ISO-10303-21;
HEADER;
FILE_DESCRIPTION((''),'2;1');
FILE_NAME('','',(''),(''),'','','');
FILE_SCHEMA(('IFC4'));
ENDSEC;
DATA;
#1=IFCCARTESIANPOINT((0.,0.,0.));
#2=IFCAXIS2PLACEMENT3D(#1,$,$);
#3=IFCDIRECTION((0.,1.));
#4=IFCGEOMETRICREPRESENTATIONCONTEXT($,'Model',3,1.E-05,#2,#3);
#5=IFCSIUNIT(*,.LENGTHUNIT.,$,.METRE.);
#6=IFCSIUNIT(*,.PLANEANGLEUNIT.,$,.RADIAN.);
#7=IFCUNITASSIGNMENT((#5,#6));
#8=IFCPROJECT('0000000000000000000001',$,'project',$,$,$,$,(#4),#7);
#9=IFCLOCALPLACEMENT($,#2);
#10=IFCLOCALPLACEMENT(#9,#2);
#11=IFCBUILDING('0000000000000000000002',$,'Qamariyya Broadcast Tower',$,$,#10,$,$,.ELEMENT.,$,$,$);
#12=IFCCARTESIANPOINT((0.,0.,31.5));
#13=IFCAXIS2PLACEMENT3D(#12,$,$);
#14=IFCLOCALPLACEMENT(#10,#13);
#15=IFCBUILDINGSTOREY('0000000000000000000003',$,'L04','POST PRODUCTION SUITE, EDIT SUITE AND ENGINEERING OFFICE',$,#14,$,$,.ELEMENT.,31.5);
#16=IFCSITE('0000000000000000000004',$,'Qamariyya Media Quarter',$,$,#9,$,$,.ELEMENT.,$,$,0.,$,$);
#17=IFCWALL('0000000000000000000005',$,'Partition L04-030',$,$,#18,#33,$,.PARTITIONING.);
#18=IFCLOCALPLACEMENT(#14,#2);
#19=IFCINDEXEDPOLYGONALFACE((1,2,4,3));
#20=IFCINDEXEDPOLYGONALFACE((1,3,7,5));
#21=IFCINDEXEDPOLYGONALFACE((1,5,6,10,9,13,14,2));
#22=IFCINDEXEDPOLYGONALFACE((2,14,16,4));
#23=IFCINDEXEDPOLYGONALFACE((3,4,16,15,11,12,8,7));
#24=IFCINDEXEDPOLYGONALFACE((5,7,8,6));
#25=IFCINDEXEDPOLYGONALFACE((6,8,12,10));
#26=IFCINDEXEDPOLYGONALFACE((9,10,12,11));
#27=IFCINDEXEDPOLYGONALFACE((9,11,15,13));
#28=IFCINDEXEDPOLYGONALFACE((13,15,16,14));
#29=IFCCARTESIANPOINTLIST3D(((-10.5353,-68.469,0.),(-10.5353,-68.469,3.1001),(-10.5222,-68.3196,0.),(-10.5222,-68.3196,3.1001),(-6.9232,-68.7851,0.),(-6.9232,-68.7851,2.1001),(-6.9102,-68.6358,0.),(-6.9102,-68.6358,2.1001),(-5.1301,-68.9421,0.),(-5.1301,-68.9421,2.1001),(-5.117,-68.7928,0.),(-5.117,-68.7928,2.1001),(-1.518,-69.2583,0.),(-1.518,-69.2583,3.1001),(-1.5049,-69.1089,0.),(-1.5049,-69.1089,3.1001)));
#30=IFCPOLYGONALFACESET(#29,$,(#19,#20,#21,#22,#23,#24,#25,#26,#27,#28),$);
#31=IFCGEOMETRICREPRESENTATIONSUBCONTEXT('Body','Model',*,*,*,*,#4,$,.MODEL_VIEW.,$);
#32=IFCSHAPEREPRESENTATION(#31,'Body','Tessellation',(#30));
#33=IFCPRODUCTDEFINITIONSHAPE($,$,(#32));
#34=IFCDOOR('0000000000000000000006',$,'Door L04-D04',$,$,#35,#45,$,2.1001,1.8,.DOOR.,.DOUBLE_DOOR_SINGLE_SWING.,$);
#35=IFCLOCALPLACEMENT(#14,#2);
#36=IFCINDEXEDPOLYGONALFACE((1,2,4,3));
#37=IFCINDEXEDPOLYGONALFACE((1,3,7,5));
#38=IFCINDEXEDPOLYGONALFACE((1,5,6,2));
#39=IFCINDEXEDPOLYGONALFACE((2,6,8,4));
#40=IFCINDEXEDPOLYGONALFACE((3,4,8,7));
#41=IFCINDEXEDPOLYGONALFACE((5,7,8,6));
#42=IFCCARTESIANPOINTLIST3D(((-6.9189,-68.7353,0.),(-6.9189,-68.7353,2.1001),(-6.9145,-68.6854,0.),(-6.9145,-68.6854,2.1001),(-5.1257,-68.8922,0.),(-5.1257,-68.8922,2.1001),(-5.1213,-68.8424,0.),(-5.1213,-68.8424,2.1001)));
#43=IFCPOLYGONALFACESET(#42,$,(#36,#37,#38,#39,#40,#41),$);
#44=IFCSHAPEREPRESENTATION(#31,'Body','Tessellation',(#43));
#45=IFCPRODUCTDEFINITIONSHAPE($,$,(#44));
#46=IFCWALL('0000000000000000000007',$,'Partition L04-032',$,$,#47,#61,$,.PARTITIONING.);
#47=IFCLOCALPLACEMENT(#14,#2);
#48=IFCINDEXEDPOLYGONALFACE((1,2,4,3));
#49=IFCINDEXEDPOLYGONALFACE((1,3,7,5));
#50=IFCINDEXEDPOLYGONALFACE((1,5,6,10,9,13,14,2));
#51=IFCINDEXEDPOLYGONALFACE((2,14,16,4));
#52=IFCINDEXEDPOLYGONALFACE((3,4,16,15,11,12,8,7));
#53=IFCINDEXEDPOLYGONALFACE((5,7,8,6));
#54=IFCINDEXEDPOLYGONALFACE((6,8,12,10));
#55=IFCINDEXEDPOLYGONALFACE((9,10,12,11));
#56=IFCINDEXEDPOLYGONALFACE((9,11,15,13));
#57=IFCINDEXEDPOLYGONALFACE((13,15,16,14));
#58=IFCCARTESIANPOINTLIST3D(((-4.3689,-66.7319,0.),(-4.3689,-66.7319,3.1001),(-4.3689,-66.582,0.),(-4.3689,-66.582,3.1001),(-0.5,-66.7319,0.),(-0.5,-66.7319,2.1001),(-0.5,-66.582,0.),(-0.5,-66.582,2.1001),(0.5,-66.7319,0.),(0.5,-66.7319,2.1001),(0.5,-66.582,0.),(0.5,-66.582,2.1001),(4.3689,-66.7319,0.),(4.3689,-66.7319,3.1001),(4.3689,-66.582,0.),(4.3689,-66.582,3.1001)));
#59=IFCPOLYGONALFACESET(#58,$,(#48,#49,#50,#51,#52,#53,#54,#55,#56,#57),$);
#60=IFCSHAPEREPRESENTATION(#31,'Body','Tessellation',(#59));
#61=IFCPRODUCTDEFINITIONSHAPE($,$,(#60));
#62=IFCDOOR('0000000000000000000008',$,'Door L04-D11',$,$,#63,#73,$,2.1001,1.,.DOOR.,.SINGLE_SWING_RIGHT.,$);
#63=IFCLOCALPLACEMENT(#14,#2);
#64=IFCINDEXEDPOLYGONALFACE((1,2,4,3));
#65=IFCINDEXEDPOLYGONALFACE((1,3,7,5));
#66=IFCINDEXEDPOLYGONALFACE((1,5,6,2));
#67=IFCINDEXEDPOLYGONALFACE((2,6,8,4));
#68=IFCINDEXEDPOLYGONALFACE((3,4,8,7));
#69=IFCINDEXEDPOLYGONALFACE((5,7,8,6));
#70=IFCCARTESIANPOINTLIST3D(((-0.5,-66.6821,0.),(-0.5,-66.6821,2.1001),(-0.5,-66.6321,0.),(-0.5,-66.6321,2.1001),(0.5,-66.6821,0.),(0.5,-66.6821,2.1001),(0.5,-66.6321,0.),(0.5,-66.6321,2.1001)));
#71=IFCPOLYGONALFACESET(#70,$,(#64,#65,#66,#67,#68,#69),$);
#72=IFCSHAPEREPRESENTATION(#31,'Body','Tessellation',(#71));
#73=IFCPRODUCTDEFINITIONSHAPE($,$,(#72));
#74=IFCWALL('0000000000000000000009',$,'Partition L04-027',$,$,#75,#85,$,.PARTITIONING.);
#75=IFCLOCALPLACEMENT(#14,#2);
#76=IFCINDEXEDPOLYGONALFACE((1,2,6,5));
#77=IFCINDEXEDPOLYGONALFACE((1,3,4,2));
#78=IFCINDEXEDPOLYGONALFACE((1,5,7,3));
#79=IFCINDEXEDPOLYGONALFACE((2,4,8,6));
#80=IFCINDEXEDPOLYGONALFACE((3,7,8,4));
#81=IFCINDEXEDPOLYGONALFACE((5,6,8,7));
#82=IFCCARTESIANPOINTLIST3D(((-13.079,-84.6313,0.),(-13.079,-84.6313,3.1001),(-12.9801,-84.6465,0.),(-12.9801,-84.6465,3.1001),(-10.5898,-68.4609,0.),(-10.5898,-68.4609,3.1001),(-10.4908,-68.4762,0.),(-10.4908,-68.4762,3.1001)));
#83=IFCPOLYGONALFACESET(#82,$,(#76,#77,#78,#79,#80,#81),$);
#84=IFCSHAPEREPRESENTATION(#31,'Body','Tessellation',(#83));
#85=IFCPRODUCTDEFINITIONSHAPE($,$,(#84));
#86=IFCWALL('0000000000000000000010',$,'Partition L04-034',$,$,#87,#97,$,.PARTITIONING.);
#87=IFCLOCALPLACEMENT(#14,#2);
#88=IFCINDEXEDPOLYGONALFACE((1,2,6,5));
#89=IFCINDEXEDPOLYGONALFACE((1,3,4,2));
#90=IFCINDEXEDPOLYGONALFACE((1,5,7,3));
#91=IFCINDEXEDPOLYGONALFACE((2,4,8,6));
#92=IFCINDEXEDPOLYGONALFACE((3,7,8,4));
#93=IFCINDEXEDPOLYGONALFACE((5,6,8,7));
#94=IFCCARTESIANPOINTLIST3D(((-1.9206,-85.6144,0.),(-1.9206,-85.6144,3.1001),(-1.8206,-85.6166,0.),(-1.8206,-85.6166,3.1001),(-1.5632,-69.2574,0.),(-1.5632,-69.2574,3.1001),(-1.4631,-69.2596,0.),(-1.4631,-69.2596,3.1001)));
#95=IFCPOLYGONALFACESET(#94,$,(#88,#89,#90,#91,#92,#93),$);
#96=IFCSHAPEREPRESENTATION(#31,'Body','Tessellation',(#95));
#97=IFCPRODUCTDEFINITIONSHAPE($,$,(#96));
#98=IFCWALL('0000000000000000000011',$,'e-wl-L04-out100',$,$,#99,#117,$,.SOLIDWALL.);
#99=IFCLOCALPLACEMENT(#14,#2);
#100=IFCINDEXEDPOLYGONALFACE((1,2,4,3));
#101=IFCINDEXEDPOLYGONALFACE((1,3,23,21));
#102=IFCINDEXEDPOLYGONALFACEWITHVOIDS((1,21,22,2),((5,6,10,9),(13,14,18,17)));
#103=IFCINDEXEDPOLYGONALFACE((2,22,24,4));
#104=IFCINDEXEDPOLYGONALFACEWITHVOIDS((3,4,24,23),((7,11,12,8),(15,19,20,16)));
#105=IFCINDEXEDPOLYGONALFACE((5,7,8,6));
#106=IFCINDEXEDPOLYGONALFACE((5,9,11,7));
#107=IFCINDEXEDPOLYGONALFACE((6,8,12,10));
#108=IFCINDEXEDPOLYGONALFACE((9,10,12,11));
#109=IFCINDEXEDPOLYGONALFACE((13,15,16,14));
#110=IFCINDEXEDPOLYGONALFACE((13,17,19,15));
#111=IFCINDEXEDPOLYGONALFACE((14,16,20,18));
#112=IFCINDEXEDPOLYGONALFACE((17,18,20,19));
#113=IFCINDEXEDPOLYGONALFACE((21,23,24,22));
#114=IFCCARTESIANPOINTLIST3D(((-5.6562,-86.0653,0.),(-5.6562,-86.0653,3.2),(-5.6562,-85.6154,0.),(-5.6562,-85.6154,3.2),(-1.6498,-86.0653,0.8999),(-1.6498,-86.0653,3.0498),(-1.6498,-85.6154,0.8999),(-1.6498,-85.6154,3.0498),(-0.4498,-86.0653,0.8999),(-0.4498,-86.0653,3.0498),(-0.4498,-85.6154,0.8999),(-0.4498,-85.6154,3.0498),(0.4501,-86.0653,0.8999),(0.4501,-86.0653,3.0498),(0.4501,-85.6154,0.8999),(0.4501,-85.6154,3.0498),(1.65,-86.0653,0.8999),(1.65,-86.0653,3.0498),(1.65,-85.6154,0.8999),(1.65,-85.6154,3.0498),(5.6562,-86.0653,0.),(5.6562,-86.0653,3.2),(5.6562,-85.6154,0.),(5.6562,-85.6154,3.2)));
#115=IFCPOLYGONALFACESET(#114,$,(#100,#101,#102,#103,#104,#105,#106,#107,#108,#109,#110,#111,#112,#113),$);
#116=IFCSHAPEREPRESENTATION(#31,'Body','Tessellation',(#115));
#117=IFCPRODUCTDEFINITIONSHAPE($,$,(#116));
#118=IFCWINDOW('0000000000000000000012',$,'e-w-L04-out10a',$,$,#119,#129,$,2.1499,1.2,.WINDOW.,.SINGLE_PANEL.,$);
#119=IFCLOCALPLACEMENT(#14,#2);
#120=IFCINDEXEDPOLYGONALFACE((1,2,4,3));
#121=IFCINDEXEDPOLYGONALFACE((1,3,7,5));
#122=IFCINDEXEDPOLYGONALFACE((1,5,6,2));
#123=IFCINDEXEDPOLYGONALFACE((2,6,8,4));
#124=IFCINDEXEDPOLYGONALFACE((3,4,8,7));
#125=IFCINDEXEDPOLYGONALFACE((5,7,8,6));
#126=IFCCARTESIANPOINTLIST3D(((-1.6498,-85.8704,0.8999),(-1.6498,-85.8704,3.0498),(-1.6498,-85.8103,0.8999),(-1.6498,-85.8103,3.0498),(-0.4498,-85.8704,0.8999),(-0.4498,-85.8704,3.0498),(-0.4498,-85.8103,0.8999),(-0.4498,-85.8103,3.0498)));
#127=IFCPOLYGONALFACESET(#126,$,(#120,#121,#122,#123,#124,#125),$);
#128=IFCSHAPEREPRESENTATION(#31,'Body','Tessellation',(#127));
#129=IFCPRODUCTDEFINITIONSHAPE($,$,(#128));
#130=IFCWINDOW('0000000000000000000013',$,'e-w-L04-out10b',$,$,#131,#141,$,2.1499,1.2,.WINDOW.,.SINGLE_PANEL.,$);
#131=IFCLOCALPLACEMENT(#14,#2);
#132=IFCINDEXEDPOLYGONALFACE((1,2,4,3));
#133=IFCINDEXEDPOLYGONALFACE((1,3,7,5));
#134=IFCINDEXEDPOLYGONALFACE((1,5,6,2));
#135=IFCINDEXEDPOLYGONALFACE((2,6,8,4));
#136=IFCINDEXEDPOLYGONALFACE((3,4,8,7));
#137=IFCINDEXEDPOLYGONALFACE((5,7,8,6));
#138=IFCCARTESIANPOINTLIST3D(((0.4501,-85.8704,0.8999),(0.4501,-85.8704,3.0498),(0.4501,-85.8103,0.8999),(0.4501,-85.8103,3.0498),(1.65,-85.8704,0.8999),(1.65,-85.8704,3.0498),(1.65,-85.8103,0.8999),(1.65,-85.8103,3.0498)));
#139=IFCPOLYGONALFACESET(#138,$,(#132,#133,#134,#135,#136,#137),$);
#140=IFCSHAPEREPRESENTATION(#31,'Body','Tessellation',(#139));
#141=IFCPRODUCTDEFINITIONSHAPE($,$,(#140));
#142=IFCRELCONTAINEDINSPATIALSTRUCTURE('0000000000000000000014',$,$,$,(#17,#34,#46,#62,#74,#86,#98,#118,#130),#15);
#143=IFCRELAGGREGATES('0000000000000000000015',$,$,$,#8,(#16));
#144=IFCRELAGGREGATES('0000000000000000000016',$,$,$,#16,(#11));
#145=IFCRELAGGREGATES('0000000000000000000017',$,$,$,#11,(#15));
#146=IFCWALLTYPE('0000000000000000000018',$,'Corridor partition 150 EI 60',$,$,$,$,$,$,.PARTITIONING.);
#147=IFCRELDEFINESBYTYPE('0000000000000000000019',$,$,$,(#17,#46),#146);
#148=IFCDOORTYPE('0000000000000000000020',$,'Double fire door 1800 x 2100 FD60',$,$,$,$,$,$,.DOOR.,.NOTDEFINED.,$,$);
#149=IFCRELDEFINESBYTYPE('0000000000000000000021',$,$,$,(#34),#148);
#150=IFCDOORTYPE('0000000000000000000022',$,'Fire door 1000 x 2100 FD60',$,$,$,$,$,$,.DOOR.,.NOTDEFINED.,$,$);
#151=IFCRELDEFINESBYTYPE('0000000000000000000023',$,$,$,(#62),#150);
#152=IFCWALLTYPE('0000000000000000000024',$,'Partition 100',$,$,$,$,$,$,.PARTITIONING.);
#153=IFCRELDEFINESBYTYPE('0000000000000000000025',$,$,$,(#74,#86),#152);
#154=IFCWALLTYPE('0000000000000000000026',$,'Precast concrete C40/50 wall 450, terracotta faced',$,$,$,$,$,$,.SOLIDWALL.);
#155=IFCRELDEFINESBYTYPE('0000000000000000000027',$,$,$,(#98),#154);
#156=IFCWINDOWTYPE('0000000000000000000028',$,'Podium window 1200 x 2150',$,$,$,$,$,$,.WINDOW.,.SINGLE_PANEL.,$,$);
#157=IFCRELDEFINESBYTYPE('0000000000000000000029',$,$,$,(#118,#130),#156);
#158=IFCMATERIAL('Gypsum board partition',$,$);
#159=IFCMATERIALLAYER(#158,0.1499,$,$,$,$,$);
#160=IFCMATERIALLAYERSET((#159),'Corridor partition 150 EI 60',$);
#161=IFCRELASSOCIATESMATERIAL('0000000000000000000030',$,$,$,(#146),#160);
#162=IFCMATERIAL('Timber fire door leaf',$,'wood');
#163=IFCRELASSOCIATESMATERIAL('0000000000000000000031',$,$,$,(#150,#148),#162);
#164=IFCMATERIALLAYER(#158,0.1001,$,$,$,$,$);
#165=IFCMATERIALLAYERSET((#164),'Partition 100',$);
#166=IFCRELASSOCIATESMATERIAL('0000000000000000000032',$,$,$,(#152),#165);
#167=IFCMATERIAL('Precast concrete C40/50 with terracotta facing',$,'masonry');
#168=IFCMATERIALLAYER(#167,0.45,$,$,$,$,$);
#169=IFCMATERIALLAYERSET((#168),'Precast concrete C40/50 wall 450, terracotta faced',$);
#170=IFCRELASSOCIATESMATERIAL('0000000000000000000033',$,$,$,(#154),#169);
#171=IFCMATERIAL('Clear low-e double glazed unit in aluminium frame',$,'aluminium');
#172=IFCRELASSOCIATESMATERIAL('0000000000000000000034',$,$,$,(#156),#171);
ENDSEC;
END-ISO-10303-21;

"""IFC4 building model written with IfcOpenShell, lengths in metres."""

from ifc_helpers import new_model, si_unit, direction, frame, frame_2d, origin, place, context, subcontext, project, spatial, rectangle, extrude, material, layer, layer_set, type_object, element, fill, save


model = new_model("IFC4")

# Units and contexts
model_context = context("Model", 3, precision=1e-05, world=origin(), true_north=direction((0.0, 1.0)))
body_context = subcontext(model_context, "Body", "Model", "MODEL_VIEW")
ifc_project = project(units=[si_unit("LENGTHUNIT", "METRE"), si_unit("PLANEANGLEUNIT", "RADIAN")], contexts=[model_context])

# Site, building, storey
site_placement = place(None, origin())
site = spatial("IfcSite", under=ifc_project, at=site_placement, Name="Qamariyya Media Quarter", CompositionType="ELEMENT", RefElevation=0.0)
building_placement = place(site_placement, origin())
building = spatial("IfcBuilding", under=site, at=building_placement, Name="Qamariyya Broadcast Tower", CompositionType="ELEMENT")
storey_placement = place(building_placement, frame((0.0, 0.0, 31.5)))
storey = spatial("IfcBuildingStorey", under=building, at=storey_placement, Name="L04", Description="POST PRODUCTION SUITE, EDIT SUITE AND ENGINEERING OFFICE", CompositionType="ELEMENT", Elevation=31.5)

# Walls, openings, doors
ifc_material_1 = material(Name="Gypsum board partition")
ifc_layer_1 = layer(ifc_material_1, 0.1499)
ifc_layer_set_1 = layer_set([ifc_layer_1], Name="Corridor partition 150 EI 60")
wall_type_1 = type_object("IfcWallType", Name="Corridor partition 150 EI 60", PredefinedType="PARTITIONING", material=ifc_layer_set_1)
ifc_material_2 = material(Name="Timber fire door leaf", Category="wood")
door_type_1 = type_object("IfcDoorType", Name="Fire door 1000 x 2100 FD60", OperationType="NOTDEFINED", PredefinedType="DOOR", material=ifc_material_2)
wall_1_placement = place(storey_placement, frame((-1.5115, -69.1836, 0.0), z_axis=(0.0, 0.0, 1.0), x_axis=(-0.996191, 0.087199, 0.0)))
wall_1 = element("IfcWall", 1, at=wall_1_placement, inside=storey, type_object=wall_type_1, Name="Partition L04-030", PredefinedType="PARTITIONING", context=body_context, shape_type="SweptSolid", body=[
    extrude(rectangle(XDim=9.0518, YDim=0.1499, at=frame_2d((4.5259, 0.0))), origin(), (0.0, 0.0, 1.0), 3.1001),
])
opening_1_placement = place(wall_1_placement, frame((3.626, 0.0, 0.0)))
opening_1 = element("IfcOpeningElement", 2, at=opening_1_placement, cuts=wall_1, PredefinedType="OPENING", context=body_context, shape_type="SweptSolid", body=[
    extrude(rectangle(XDim=1.8, YDim=2.1001, at=frame_2d((0.8999, 1.05))), frame((0.0, 0.085, 0.0), z_axis=(0.0, -1.0, 0.0), x_axis=(1.0, 0.0, 0.0)), (0.0, 0.0, 1.0), 0.1699),
])
door_type_2 = type_object("IfcDoorType", Name="Double fire door 1800 x 2100 FD60", OperationType="NOTDEFINED", PredefinedType="DOOR", material=ifc_material_2)
door_1_placement = place(opening_1_placement, origin())
door_1 = element("IfcDoor", 3, at=door_1_placement, inside=storey, type_object=door_type_2, Name="Door L04-D04", OperationType="DOUBLE_DOOR_SINGLE_SWING", OverallHeight=2.1001, OverallWidth=1.8, PredefinedType="DOOR", context=body_context, shape_type="SweptSolid", body=[
    extrude(rectangle(XDim=1.8, YDim=2.1001, at=frame_2d((0.8999, 1.05))), frame((0.0, 0.0249, 0.0), z_axis=(0.0, -1.0, 0.0), x_axis=(1.0, 0.0, 0.0)), (0.0, 0.0, 1.0), 0.05),
])
fill(opening_1, door_1)
wall_2_placement = place(storey_placement, frame((-4.3689, -66.657, 0.0), z_axis=(0.0, 0.0, 1.0), x_axis=(1.0, 0.0, 0.0)))
wall_2 = element("IfcWall", 4, at=wall_2_placement, inside=storey, type_object=wall_type_1, Name="Partition L04-032", PredefinedType="PARTITIONING", context=body_context, shape_type="SweptSolid", body=[
    extrude(rectangle(XDim=8.7378, YDim=0.1499, at=frame_2d((4.3689, 0.0))), origin(), (0.0, 0.0, 1.0), 3.1001),
])
opening_2_placement = place(wall_2_placement, frame((3.8689, 0.0, 0.0)))
opening_2 = element("IfcOpeningElement", 5, at=opening_2_placement, cuts=wall_2, PredefinedType="OPENING", context=body_context, shape_type="SweptSolid", body=[
    extrude(rectangle(XDim=1.0, YDim=2.1001, at=frame_2d((0.5, 1.05))), frame((0.0, 0.085, 0.0), z_axis=(0.0, -1.0, 0.0), x_axis=(1.0, 0.0, 0.0)), (0.0, 0.0, 1.0), 0.1699),
])
door_2_placement = place(opening_2_placement, origin())
door_2 = element("IfcDoor", 6, at=door_2_placement, inside=storey, type_object=door_type_1, Name="Door L04-D11", OperationType="SINGLE_SWING_RIGHT", OverallHeight=2.1001, OverallWidth=1.0, PredefinedType="DOOR", context=body_context, shape_type="SweptSolid", body=[
    extrude(rectangle(XDim=1.0, YDim=2.1001, at=frame_2d((0.5, 1.05))), frame((0.0, 0.0249, 0.0), z_axis=(0.0, -1.0, 0.0), x_axis=(1.0, 0.0, 0.0)), (0.0, 0.0, 1.0), 0.05),
])
fill(opening_2, door_2)

# Walls
ifc_layer_2 = layer(ifc_material_1, 0.1001)
ifc_layer_set_2 = layer_set([ifc_layer_2], Name="Partition 100")
wall_type_2 = type_object("IfcWallType", Name="Partition 100", PredefinedType="PARTITIONING", material=ifc_layer_set_2)
for number, where, z_axis, x_axis, name in (
    (7, (-13.0295, -84.6389, 0.0), (0.0, 0.0, 1.0), (0.152147, 0.988358, 0.0), "Partition L04-027"),
    (8, (-1.8706, -85.6155, 0.0), (0.0, 0.0, 1.0), (0.021846, 0.999761, 0.0), "Partition L04-034"),
):
    element("IfcWall", number, at=place(storey_placement, frame(where, z_axis=z_axis, x_axis=x_axis)), inside=storey, type_object=wall_type_2, Name=name, PredefinedType="PARTITIONING", context=body_context, shape_type="SweptSolid", body=[
        extrude(rectangle(XDim=16.3608, YDim=0.1001, at=frame_2d((8.1804, 0.0))), origin(), (0.0, 0.0, 1.0), 3.1001),
    ])

# Wall, openings, windows
ifc_material_3 = material(Name="Precast concrete C40/50 with terracotta facing", Category="masonry")
ifc_layer_3 = layer(ifc_material_3, 0.45)
ifc_layer_set_3 = layer_set([ifc_layer_3], Name="Precast concrete C40/50 wall 450, terracotta faced")
wall_type_3 = type_object("IfcWallType", Name="Precast concrete C40/50 wall 450, terracotta faced", PredefinedType="SOLIDWALL", material=ifc_layer_set_3)
wall_3_placement = place(storey_placement, frame((-5.6562, -85.8403, 0.0), z_axis=(0.0, 0.0, 1.0), x_axis=(1.0, 0.0, 0.0)))
wall_3 = element("IfcWall", 9, at=wall_3_placement, inside=storey, type_object=wall_type_3, Name="e-wl-L04-out100", PredefinedType="SOLIDWALL", context=body_context, shape_type="SweptSolid", body=[
    extrude(rectangle(XDim=11.3125, YDim=0.45, at=frame_2d((5.6562, 0.0))), origin(), (0.0, 0.0, 1.0), 3.2),
])
opening_3_placement = place(wall_3_placement, frame((4.0063, 0.0, 0.8999)))
opening_3 = element("IfcOpeningElement", 10, at=opening_3_placement, cuts=wall_3, PredefinedType="OPENING", context=body_context, shape_type="SweptSolid", body=[
    extrude(rectangle(XDim=1.2, YDim=2.1499, at=frame_2d((0.6001, 1.075))), frame((0.0, 0.2349, 0.0), z_axis=(0.0, -1.0, 0.0), x_axis=(1.0, 0.0, 0.0)), (0.0, 0.0, 1.0), 0.47),
])
opening_4_placement = place(wall_3_placement, frame((6.1062, 0.0, 0.8999)))
opening_4 = element("IfcOpeningElement", 11, at=opening_4_placement, cuts=wall_3, PredefinedType="OPENING", context=body_context, shape_type="SweptSolid", body=[
    extrude(rectangle(XDim=1.2, YDim=2.1499, at=frame_2d((0.6001, 1.075))), frame((0.0, 0.2349, 0.0), z_axis=(0.0, -1.0, 0.0), x_axis=(1.0, 0.0, 0.0)), (0.0, 0.0, 1.0), 0.47),
])
ifc_material_4 = material(Name="Clear low-e double glazed unit in aluminium frame", Category="aluminium")
window_type = type_object("IfcWindowType", Name="Podium window 1200 x 2150", PartitioningType="SINGLE_PANEL", PredefinedType="WINDOW", material=ifc_material_4)
window_1_placement = place(opening_3_placement, origin())
window_1 = element("IfcWindow", 12, at=window_1_placement, inside=storey, type_object=window_type, Name="e-w-L04-out10a", OverallHeight=2.1499, OverallWidth=1.2, PartitioningType="SINGLE_PANEL", PredefinedType="WINDOW", context=body_context, shape_type="SweptSolid", body=[
    extrude(rectangle(XDim=1.2, YDim=2.1499, at=frame_2d((0.6001, 1.075))), frame((0.0, 0.03, 0.0), z_axis=(0.0, -1.0, 0.0), x_axis=(1.0, 0.0, 0.0)), (0.0, 0.0, 1.0), 0.0601),
])
fill(opening_3, window_1)
window_2_placement = place(opening_4_placement, origin())
window_2 = element("IfcWindow", 13, at=window_2_placement, inside=storey, type_object=window_type, Name="e-w-L04-out10b", OverallHeight=2.1499, OverallWidth=1.2, PartitioningType="SINGLE_PANEL", PredefinedType="WINDOW", context=body_context, shape_type="SweptSolid", body=[
    extrude(rectangle(XDim=1.2, YDim=2.1499, at=frame_2d((0.6001, 1.075))), frame((0.0, 0.03, 0.0), z_axis=(0.0, -1.0, 0.0), x_axis=(1.0, 0.0, 0.0)), (0.0, 0.0, 1.0), 0.0601),
])
fill(opening_4, window_2)

save(model, "model.ifc")
